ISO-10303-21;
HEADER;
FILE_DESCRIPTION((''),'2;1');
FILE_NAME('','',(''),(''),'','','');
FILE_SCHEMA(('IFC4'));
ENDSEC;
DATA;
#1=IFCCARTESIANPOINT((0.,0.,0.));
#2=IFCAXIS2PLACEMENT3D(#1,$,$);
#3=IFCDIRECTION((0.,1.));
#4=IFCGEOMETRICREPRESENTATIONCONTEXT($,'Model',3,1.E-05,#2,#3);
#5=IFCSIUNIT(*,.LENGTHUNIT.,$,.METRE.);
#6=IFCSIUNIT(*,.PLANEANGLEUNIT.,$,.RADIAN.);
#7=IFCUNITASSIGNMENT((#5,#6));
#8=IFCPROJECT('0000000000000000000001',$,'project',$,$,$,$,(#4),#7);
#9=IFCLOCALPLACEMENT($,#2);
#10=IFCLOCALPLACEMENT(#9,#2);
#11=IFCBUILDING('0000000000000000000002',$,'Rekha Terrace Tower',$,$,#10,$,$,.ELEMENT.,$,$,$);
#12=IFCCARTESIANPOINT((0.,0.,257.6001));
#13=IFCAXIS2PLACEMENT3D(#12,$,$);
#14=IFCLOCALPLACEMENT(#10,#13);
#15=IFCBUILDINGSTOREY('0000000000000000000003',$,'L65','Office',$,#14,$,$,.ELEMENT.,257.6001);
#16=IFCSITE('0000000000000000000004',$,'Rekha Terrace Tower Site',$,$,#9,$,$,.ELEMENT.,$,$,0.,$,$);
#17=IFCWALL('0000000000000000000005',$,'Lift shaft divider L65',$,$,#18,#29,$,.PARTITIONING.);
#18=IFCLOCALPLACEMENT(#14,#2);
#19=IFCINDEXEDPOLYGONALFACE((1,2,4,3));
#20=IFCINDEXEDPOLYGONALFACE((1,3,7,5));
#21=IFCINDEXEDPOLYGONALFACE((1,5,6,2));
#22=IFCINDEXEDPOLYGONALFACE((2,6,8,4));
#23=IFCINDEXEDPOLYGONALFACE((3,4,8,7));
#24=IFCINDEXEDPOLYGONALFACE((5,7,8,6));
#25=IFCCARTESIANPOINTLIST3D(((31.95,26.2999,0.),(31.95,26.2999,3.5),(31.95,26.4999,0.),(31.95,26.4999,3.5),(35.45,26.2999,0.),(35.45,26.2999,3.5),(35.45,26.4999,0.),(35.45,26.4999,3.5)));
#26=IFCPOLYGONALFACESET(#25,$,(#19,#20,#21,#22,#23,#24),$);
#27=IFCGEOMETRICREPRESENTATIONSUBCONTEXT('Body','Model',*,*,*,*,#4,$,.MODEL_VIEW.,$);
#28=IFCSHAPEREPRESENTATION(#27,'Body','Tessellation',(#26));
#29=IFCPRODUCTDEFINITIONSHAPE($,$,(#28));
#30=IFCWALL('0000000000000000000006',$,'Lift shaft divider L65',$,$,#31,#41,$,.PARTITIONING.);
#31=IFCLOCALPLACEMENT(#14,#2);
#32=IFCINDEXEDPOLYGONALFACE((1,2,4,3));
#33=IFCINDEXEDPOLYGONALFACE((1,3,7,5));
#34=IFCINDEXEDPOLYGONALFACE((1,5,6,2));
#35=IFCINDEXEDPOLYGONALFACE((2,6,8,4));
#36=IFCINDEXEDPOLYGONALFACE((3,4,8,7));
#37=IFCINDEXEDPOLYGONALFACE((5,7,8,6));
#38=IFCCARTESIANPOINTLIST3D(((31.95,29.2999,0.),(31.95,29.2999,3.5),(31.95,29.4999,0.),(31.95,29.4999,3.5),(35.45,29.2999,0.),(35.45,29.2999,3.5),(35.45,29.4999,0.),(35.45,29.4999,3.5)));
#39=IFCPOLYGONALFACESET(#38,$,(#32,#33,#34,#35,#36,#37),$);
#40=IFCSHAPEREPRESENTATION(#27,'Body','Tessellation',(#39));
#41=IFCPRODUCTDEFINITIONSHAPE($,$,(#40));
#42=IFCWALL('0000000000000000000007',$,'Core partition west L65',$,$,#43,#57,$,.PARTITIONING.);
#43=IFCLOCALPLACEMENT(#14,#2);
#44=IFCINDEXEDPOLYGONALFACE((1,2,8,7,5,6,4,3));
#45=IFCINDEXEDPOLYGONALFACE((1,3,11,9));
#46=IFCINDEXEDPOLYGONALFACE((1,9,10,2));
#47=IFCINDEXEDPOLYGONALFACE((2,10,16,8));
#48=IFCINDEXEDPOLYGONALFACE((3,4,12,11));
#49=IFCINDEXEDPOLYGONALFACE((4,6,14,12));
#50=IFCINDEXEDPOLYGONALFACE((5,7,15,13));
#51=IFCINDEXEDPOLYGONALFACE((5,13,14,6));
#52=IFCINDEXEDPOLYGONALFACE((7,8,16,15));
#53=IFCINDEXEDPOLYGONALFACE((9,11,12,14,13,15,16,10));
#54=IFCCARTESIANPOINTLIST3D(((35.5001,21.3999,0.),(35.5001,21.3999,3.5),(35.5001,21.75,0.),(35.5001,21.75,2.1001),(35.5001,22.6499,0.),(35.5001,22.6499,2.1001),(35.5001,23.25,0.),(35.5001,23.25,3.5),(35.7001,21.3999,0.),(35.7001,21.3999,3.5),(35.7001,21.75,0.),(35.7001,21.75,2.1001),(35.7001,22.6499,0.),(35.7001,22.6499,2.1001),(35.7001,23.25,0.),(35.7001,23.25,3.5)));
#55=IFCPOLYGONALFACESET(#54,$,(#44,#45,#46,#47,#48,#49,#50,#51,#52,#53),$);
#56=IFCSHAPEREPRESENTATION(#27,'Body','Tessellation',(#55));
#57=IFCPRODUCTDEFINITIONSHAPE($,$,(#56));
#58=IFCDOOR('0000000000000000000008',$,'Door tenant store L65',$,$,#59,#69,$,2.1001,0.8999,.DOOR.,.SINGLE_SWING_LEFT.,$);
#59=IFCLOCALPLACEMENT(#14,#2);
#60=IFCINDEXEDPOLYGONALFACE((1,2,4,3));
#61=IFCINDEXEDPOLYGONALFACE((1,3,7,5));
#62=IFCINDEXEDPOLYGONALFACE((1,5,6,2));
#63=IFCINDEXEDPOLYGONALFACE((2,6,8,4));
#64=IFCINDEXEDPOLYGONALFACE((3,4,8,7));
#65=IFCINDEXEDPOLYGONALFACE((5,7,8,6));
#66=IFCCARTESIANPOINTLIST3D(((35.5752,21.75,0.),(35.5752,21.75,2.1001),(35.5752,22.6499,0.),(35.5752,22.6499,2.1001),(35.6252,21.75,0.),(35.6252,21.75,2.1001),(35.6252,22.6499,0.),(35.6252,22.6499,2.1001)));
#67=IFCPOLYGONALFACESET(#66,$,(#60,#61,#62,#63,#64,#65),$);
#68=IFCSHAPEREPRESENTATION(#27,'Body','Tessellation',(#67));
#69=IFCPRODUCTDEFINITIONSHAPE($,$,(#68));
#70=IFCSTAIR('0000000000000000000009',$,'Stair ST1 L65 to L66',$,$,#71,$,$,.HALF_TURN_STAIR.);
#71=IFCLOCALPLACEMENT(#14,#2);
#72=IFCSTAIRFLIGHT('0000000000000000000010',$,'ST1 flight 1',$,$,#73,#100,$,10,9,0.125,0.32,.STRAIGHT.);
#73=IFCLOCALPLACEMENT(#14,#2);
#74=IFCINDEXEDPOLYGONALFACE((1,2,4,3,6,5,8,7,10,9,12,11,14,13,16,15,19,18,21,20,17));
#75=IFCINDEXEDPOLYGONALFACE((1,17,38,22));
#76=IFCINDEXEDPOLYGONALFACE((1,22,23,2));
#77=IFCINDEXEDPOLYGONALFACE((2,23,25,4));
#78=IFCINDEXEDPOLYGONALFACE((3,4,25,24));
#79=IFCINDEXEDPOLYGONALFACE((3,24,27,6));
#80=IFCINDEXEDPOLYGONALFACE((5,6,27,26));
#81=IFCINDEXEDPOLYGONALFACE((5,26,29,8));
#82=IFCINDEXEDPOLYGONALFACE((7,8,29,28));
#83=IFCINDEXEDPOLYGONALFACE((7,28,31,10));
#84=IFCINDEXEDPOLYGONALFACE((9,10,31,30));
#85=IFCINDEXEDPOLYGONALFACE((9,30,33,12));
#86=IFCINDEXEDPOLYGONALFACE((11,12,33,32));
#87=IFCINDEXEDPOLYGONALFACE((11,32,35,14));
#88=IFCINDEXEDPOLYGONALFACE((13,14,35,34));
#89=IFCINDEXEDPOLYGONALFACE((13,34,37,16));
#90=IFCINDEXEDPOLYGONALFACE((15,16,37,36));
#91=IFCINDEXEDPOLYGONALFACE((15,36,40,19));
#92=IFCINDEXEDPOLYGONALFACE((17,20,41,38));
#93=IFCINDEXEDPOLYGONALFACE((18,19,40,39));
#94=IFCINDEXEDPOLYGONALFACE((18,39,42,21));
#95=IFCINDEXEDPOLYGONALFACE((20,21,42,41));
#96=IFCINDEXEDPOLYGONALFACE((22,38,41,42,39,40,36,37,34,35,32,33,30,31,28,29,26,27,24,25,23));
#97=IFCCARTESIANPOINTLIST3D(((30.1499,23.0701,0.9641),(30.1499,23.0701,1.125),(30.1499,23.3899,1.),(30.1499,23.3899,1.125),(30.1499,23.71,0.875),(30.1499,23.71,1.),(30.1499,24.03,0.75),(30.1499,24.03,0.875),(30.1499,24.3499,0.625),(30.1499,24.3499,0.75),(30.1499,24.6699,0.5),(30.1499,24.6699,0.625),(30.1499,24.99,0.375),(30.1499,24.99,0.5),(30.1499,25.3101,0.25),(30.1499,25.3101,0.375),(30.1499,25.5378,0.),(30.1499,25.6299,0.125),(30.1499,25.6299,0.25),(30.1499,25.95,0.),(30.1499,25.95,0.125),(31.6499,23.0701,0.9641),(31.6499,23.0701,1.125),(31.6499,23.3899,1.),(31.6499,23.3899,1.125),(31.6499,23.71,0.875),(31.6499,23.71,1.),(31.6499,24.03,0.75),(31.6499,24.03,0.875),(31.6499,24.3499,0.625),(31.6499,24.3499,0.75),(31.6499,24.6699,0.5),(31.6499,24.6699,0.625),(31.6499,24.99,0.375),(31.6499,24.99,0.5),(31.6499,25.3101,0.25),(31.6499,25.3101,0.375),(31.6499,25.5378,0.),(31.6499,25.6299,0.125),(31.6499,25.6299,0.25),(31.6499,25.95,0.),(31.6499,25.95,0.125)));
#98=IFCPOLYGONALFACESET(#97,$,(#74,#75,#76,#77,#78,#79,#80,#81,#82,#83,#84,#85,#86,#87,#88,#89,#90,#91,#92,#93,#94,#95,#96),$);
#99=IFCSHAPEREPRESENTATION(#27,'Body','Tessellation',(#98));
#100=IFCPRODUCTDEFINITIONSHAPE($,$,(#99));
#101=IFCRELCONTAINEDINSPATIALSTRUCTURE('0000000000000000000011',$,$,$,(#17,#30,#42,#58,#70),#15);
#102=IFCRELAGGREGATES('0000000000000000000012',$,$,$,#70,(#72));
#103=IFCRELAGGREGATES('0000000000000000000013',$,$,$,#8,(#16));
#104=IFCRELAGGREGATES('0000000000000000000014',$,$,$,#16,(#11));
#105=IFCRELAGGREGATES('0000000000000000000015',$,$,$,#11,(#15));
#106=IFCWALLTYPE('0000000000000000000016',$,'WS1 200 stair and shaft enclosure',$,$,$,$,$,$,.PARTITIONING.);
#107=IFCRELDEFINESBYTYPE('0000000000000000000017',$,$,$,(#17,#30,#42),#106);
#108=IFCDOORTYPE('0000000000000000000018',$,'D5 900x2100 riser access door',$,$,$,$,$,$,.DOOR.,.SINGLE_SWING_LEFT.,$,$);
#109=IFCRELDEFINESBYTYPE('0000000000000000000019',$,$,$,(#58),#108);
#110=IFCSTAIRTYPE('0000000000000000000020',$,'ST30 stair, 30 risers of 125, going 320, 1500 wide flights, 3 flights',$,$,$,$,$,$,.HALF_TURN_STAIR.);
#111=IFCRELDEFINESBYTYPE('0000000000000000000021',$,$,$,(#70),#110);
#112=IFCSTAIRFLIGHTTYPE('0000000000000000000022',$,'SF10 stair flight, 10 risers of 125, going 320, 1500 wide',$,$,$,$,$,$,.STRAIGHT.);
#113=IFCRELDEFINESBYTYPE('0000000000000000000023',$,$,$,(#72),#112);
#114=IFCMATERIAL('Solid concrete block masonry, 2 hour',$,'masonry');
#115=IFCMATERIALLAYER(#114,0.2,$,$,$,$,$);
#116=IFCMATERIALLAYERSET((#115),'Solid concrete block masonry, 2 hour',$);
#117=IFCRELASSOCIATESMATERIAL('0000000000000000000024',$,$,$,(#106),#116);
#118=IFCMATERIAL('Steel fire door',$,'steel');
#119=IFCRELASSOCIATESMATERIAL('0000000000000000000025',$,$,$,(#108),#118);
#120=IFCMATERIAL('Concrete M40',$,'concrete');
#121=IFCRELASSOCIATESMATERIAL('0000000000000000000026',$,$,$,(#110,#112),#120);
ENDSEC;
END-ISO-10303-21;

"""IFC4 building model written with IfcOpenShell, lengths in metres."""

from ifc_helpers import new_model, si_unit, direction, frame, frame_2d, origin, place, context, subcontext, project, spatial, polyline, rectangle, outline, extrude, material, layer, layer_set, type_object, element, fill, aggregate, save


model = new_model("IFC4")

# Units and contexts
model_context = context("Model", 3, precision=1e-05, world=origin(), true_north=direction((0.0, 1.0)))
body_context = subcontext(model_context, "Body", "Model", "MODEL_VIEW")
ifc_project = project(units=[si_unit("LENGTHUNIT", "METRE"), si_unit("PLANEANGLEUNIT", "RADIAN")], contexts=[model_context])

# Site, building, storey
site_placement = place(None, origin())
site = spatial("IfcSite", under=ifc_project, at=site_placement, Name="Rekha Terrace Tower Site", CompositionType="ELEMENT", RefElevation=0.0)
building_placement = place(site_placement, origin())
building = spatial("IfcBuilding", under=site, at=building_placement, Name="Rekha Terrace Tower", CompositionType="ELEMENT")
storey_placement = place(building_placement, frame((0.0, 0.0, 257.6001)))
storey = spatial("IfcBuildingStorey", under=building, at=storey_placement, Name="L65", Description="Office", CompositionType="ELEMENT", Elevation=257.6001)

# Walls
ifc_material_1 = material(Name="Solid concrete block masonry, 2 hour", Category="masonry")
ifc_layer_1 = layer(ifc_material_1, 0.2)
ifc_layer_set_1 = layer_set([ifc_layer_1], Name="Solid concrete block masonry, 2 hour")
wall_type_1 = type_object("IfcWallType", Name="WS1 200 stair and shaft enclosure", PredefinedType="PARTITIONING", material=ifc_layer_set_1)
for number, where, z_axis, x_axis, name in (
    (1, (31.95, 26.3999, 0.0), (0.0, 0.0, 1.0), (1.0, 0.0, 0.0), "Lift shaft divider L65"),
    (2, (31.95, 29.3999, 0.0), (0.0, 0.0, 1.0), (1.0, 0.0, 0.0), "Lift shaft divider L65"),
):
    element("IfcWall", number, at=place(storey_placement, frame(where, z_axis=z_axis, x_axis=x_axis)), inside=storey, type_object=wall_type_1, Name=name, PredefinedType="PARTITIONING", context=body_context, shape_type="SweptSolid", body=[
        extrude(rectangle(XDim=3.5, YDim=0.2, at=frame_2d((1.75, 0.0))), origin(), (0.0, 0.0, 1.0), 3.5),
    ])

# Wall, opening, door
wall_1_placement = place(storey_placement, frame((35.6001, 21.3999, 0.0), z_axis=(0.0, 0.0, 1.0), x_axis=(0.0, 1.0, 0.0)))
wall_1 = element("IfcWall", 3, at=wall_1_placement, inside=storey, type_object=wall_type_1, Name="Core partition west L65", PredefinedType="PARTITIONING", context=body_context, shape_type="SweptSolid", body=[
    extrude(rectangle(XDim=1.8501, YDim=0.2, at=frame_2d((0.925, 0.0))), origin(), (0.0, 0.0, 1.0), 3.5),
])
opening_1_placement = place(wall_1_placement, frame((0.3501, 0.0, 0.0)))
opening_1 = element("IfcOpeningElement", 4, at=opening_1_placement, cuts=wall_1, PredefinedType="OPENING", context=body_context, shape_type="SweptSolid", body=[
    extrude(rectangle(XDim=0.8999, YDim=2.1001, at=frame_2d((0.45, 1.05))), frame((0.0, 0.1099, 0.0), z_axis=(0.0, -1.0, 0.0), x_axis=(1.0, 0.0, 0.0)), (0.0, 0.0, 1.0), 0.22),
])
ifc_material_2 = material(Name="Steel fire door", Category="steel")
door_type_1 = type_object("IfcDoorType", Name="D5 900x2100 riser access door", OperationType="SINGLE_SWING_LEFT", PredefinedType="DOOR", material=ifc_material_2)
door_1_placement = place(opening_1_placement, origin())
door_1 = element("IfcDoor", 5, at=door_1_placement, inside=storey, type_object=door_type_1, Name="Door tenant store L65", OperationType="SINGLE_SWING_LEFT", OverallHeight=2.1001, OverallWidth=0.8999, PredefinedType="DOOR", context=body_context, shape_type="SweptSolid", body=[
    extrude(rectangle(XDim=0.8999, YDim=2.1001, at=frame_2d((0.45, 1.05))), frame((0.0, 0.0249, 0.0), z_axis=(0.0, -1.0, 0.0), x_axis=(1.0, 0.0, 0.0)), (0.0, 0.0, 1.0), 0.05),
])
fill(opening_1, door_1)

# Stair, stair flight
ifc_material_3 = material(Name="Concrete M40", Category="concrete")
stair_type = type_object("IfcStairType", Name="ST30 stair, 30 risers of 125, going 320, 1500 wide flights, 3 flights", PredefinedType="HALF_TURN_STAIR", material=ifc_material_3)
stair_placement = place(storey_placement, origin())
stair = element("IfcStair", 6, at=stair_placement, inside=storey, type_object=stair_type, Name="Stair ST1 L65 to L66", PredefinedType="HALF_TURN_STAIR")
stair_flight_type = type_object("IfcStairFlightType", Name="SF10 stair flight, 10 risers of 125, going 320, 1500 wide", PredefinedType="STRAIGHT", material=ifc_material_3)
stair_flight_placement = place(storey_placement, frame((30.8999, 25.95, 0.0), z_axis=(0.0, 0.0, 1.0), x_axis=(0.0, -1.0, 0.0)))
stair_flight = element("IfcStairFlight", 7, at=stair_flight_placement, type_object=stair_flight_type, Name="ST1 flight 1", NumberOfRisers=10, NumberOfTreads=9, PredefinedType="STRAIGHT", RiserHeight=0.125, TreadLength=0.32, context=body_context, shape_type="SweptSolid", body=[
    extrude(outline(polyline([(0.0, 0.0), (0.0, 0.125), (0.3201, 0.125), (0.3201, 0.25), (0.6399, 0.25), (0.6399, 0.375), (0.96, 0.375), (0.96, 0.5), (1.28, 0.5), (1.28, 0.625), (1.6001, 0.625), (1.6001, 0.75), (1.9199, 0.75), (1.9199, 0.875), (2.24, 0.875), (2.24, 1.0), (2.5601, 1.0), (2.5601, 1.125), (2.8799, 1.125), (2.8799, 1.25), (2.8799, 0.9641), (0.4121, 0.0), (0.0, 0.0)])), frame((0.0, 0.75, 0.0), z_axis=(0.0, -1.0, 0.0), x_axis=(1.0, 0.0, 0.0)), (0.0, 0.0, 1.0), 1.5),
])
aggregate(stair, [stair_flight])

save(model, "model.ifc")
